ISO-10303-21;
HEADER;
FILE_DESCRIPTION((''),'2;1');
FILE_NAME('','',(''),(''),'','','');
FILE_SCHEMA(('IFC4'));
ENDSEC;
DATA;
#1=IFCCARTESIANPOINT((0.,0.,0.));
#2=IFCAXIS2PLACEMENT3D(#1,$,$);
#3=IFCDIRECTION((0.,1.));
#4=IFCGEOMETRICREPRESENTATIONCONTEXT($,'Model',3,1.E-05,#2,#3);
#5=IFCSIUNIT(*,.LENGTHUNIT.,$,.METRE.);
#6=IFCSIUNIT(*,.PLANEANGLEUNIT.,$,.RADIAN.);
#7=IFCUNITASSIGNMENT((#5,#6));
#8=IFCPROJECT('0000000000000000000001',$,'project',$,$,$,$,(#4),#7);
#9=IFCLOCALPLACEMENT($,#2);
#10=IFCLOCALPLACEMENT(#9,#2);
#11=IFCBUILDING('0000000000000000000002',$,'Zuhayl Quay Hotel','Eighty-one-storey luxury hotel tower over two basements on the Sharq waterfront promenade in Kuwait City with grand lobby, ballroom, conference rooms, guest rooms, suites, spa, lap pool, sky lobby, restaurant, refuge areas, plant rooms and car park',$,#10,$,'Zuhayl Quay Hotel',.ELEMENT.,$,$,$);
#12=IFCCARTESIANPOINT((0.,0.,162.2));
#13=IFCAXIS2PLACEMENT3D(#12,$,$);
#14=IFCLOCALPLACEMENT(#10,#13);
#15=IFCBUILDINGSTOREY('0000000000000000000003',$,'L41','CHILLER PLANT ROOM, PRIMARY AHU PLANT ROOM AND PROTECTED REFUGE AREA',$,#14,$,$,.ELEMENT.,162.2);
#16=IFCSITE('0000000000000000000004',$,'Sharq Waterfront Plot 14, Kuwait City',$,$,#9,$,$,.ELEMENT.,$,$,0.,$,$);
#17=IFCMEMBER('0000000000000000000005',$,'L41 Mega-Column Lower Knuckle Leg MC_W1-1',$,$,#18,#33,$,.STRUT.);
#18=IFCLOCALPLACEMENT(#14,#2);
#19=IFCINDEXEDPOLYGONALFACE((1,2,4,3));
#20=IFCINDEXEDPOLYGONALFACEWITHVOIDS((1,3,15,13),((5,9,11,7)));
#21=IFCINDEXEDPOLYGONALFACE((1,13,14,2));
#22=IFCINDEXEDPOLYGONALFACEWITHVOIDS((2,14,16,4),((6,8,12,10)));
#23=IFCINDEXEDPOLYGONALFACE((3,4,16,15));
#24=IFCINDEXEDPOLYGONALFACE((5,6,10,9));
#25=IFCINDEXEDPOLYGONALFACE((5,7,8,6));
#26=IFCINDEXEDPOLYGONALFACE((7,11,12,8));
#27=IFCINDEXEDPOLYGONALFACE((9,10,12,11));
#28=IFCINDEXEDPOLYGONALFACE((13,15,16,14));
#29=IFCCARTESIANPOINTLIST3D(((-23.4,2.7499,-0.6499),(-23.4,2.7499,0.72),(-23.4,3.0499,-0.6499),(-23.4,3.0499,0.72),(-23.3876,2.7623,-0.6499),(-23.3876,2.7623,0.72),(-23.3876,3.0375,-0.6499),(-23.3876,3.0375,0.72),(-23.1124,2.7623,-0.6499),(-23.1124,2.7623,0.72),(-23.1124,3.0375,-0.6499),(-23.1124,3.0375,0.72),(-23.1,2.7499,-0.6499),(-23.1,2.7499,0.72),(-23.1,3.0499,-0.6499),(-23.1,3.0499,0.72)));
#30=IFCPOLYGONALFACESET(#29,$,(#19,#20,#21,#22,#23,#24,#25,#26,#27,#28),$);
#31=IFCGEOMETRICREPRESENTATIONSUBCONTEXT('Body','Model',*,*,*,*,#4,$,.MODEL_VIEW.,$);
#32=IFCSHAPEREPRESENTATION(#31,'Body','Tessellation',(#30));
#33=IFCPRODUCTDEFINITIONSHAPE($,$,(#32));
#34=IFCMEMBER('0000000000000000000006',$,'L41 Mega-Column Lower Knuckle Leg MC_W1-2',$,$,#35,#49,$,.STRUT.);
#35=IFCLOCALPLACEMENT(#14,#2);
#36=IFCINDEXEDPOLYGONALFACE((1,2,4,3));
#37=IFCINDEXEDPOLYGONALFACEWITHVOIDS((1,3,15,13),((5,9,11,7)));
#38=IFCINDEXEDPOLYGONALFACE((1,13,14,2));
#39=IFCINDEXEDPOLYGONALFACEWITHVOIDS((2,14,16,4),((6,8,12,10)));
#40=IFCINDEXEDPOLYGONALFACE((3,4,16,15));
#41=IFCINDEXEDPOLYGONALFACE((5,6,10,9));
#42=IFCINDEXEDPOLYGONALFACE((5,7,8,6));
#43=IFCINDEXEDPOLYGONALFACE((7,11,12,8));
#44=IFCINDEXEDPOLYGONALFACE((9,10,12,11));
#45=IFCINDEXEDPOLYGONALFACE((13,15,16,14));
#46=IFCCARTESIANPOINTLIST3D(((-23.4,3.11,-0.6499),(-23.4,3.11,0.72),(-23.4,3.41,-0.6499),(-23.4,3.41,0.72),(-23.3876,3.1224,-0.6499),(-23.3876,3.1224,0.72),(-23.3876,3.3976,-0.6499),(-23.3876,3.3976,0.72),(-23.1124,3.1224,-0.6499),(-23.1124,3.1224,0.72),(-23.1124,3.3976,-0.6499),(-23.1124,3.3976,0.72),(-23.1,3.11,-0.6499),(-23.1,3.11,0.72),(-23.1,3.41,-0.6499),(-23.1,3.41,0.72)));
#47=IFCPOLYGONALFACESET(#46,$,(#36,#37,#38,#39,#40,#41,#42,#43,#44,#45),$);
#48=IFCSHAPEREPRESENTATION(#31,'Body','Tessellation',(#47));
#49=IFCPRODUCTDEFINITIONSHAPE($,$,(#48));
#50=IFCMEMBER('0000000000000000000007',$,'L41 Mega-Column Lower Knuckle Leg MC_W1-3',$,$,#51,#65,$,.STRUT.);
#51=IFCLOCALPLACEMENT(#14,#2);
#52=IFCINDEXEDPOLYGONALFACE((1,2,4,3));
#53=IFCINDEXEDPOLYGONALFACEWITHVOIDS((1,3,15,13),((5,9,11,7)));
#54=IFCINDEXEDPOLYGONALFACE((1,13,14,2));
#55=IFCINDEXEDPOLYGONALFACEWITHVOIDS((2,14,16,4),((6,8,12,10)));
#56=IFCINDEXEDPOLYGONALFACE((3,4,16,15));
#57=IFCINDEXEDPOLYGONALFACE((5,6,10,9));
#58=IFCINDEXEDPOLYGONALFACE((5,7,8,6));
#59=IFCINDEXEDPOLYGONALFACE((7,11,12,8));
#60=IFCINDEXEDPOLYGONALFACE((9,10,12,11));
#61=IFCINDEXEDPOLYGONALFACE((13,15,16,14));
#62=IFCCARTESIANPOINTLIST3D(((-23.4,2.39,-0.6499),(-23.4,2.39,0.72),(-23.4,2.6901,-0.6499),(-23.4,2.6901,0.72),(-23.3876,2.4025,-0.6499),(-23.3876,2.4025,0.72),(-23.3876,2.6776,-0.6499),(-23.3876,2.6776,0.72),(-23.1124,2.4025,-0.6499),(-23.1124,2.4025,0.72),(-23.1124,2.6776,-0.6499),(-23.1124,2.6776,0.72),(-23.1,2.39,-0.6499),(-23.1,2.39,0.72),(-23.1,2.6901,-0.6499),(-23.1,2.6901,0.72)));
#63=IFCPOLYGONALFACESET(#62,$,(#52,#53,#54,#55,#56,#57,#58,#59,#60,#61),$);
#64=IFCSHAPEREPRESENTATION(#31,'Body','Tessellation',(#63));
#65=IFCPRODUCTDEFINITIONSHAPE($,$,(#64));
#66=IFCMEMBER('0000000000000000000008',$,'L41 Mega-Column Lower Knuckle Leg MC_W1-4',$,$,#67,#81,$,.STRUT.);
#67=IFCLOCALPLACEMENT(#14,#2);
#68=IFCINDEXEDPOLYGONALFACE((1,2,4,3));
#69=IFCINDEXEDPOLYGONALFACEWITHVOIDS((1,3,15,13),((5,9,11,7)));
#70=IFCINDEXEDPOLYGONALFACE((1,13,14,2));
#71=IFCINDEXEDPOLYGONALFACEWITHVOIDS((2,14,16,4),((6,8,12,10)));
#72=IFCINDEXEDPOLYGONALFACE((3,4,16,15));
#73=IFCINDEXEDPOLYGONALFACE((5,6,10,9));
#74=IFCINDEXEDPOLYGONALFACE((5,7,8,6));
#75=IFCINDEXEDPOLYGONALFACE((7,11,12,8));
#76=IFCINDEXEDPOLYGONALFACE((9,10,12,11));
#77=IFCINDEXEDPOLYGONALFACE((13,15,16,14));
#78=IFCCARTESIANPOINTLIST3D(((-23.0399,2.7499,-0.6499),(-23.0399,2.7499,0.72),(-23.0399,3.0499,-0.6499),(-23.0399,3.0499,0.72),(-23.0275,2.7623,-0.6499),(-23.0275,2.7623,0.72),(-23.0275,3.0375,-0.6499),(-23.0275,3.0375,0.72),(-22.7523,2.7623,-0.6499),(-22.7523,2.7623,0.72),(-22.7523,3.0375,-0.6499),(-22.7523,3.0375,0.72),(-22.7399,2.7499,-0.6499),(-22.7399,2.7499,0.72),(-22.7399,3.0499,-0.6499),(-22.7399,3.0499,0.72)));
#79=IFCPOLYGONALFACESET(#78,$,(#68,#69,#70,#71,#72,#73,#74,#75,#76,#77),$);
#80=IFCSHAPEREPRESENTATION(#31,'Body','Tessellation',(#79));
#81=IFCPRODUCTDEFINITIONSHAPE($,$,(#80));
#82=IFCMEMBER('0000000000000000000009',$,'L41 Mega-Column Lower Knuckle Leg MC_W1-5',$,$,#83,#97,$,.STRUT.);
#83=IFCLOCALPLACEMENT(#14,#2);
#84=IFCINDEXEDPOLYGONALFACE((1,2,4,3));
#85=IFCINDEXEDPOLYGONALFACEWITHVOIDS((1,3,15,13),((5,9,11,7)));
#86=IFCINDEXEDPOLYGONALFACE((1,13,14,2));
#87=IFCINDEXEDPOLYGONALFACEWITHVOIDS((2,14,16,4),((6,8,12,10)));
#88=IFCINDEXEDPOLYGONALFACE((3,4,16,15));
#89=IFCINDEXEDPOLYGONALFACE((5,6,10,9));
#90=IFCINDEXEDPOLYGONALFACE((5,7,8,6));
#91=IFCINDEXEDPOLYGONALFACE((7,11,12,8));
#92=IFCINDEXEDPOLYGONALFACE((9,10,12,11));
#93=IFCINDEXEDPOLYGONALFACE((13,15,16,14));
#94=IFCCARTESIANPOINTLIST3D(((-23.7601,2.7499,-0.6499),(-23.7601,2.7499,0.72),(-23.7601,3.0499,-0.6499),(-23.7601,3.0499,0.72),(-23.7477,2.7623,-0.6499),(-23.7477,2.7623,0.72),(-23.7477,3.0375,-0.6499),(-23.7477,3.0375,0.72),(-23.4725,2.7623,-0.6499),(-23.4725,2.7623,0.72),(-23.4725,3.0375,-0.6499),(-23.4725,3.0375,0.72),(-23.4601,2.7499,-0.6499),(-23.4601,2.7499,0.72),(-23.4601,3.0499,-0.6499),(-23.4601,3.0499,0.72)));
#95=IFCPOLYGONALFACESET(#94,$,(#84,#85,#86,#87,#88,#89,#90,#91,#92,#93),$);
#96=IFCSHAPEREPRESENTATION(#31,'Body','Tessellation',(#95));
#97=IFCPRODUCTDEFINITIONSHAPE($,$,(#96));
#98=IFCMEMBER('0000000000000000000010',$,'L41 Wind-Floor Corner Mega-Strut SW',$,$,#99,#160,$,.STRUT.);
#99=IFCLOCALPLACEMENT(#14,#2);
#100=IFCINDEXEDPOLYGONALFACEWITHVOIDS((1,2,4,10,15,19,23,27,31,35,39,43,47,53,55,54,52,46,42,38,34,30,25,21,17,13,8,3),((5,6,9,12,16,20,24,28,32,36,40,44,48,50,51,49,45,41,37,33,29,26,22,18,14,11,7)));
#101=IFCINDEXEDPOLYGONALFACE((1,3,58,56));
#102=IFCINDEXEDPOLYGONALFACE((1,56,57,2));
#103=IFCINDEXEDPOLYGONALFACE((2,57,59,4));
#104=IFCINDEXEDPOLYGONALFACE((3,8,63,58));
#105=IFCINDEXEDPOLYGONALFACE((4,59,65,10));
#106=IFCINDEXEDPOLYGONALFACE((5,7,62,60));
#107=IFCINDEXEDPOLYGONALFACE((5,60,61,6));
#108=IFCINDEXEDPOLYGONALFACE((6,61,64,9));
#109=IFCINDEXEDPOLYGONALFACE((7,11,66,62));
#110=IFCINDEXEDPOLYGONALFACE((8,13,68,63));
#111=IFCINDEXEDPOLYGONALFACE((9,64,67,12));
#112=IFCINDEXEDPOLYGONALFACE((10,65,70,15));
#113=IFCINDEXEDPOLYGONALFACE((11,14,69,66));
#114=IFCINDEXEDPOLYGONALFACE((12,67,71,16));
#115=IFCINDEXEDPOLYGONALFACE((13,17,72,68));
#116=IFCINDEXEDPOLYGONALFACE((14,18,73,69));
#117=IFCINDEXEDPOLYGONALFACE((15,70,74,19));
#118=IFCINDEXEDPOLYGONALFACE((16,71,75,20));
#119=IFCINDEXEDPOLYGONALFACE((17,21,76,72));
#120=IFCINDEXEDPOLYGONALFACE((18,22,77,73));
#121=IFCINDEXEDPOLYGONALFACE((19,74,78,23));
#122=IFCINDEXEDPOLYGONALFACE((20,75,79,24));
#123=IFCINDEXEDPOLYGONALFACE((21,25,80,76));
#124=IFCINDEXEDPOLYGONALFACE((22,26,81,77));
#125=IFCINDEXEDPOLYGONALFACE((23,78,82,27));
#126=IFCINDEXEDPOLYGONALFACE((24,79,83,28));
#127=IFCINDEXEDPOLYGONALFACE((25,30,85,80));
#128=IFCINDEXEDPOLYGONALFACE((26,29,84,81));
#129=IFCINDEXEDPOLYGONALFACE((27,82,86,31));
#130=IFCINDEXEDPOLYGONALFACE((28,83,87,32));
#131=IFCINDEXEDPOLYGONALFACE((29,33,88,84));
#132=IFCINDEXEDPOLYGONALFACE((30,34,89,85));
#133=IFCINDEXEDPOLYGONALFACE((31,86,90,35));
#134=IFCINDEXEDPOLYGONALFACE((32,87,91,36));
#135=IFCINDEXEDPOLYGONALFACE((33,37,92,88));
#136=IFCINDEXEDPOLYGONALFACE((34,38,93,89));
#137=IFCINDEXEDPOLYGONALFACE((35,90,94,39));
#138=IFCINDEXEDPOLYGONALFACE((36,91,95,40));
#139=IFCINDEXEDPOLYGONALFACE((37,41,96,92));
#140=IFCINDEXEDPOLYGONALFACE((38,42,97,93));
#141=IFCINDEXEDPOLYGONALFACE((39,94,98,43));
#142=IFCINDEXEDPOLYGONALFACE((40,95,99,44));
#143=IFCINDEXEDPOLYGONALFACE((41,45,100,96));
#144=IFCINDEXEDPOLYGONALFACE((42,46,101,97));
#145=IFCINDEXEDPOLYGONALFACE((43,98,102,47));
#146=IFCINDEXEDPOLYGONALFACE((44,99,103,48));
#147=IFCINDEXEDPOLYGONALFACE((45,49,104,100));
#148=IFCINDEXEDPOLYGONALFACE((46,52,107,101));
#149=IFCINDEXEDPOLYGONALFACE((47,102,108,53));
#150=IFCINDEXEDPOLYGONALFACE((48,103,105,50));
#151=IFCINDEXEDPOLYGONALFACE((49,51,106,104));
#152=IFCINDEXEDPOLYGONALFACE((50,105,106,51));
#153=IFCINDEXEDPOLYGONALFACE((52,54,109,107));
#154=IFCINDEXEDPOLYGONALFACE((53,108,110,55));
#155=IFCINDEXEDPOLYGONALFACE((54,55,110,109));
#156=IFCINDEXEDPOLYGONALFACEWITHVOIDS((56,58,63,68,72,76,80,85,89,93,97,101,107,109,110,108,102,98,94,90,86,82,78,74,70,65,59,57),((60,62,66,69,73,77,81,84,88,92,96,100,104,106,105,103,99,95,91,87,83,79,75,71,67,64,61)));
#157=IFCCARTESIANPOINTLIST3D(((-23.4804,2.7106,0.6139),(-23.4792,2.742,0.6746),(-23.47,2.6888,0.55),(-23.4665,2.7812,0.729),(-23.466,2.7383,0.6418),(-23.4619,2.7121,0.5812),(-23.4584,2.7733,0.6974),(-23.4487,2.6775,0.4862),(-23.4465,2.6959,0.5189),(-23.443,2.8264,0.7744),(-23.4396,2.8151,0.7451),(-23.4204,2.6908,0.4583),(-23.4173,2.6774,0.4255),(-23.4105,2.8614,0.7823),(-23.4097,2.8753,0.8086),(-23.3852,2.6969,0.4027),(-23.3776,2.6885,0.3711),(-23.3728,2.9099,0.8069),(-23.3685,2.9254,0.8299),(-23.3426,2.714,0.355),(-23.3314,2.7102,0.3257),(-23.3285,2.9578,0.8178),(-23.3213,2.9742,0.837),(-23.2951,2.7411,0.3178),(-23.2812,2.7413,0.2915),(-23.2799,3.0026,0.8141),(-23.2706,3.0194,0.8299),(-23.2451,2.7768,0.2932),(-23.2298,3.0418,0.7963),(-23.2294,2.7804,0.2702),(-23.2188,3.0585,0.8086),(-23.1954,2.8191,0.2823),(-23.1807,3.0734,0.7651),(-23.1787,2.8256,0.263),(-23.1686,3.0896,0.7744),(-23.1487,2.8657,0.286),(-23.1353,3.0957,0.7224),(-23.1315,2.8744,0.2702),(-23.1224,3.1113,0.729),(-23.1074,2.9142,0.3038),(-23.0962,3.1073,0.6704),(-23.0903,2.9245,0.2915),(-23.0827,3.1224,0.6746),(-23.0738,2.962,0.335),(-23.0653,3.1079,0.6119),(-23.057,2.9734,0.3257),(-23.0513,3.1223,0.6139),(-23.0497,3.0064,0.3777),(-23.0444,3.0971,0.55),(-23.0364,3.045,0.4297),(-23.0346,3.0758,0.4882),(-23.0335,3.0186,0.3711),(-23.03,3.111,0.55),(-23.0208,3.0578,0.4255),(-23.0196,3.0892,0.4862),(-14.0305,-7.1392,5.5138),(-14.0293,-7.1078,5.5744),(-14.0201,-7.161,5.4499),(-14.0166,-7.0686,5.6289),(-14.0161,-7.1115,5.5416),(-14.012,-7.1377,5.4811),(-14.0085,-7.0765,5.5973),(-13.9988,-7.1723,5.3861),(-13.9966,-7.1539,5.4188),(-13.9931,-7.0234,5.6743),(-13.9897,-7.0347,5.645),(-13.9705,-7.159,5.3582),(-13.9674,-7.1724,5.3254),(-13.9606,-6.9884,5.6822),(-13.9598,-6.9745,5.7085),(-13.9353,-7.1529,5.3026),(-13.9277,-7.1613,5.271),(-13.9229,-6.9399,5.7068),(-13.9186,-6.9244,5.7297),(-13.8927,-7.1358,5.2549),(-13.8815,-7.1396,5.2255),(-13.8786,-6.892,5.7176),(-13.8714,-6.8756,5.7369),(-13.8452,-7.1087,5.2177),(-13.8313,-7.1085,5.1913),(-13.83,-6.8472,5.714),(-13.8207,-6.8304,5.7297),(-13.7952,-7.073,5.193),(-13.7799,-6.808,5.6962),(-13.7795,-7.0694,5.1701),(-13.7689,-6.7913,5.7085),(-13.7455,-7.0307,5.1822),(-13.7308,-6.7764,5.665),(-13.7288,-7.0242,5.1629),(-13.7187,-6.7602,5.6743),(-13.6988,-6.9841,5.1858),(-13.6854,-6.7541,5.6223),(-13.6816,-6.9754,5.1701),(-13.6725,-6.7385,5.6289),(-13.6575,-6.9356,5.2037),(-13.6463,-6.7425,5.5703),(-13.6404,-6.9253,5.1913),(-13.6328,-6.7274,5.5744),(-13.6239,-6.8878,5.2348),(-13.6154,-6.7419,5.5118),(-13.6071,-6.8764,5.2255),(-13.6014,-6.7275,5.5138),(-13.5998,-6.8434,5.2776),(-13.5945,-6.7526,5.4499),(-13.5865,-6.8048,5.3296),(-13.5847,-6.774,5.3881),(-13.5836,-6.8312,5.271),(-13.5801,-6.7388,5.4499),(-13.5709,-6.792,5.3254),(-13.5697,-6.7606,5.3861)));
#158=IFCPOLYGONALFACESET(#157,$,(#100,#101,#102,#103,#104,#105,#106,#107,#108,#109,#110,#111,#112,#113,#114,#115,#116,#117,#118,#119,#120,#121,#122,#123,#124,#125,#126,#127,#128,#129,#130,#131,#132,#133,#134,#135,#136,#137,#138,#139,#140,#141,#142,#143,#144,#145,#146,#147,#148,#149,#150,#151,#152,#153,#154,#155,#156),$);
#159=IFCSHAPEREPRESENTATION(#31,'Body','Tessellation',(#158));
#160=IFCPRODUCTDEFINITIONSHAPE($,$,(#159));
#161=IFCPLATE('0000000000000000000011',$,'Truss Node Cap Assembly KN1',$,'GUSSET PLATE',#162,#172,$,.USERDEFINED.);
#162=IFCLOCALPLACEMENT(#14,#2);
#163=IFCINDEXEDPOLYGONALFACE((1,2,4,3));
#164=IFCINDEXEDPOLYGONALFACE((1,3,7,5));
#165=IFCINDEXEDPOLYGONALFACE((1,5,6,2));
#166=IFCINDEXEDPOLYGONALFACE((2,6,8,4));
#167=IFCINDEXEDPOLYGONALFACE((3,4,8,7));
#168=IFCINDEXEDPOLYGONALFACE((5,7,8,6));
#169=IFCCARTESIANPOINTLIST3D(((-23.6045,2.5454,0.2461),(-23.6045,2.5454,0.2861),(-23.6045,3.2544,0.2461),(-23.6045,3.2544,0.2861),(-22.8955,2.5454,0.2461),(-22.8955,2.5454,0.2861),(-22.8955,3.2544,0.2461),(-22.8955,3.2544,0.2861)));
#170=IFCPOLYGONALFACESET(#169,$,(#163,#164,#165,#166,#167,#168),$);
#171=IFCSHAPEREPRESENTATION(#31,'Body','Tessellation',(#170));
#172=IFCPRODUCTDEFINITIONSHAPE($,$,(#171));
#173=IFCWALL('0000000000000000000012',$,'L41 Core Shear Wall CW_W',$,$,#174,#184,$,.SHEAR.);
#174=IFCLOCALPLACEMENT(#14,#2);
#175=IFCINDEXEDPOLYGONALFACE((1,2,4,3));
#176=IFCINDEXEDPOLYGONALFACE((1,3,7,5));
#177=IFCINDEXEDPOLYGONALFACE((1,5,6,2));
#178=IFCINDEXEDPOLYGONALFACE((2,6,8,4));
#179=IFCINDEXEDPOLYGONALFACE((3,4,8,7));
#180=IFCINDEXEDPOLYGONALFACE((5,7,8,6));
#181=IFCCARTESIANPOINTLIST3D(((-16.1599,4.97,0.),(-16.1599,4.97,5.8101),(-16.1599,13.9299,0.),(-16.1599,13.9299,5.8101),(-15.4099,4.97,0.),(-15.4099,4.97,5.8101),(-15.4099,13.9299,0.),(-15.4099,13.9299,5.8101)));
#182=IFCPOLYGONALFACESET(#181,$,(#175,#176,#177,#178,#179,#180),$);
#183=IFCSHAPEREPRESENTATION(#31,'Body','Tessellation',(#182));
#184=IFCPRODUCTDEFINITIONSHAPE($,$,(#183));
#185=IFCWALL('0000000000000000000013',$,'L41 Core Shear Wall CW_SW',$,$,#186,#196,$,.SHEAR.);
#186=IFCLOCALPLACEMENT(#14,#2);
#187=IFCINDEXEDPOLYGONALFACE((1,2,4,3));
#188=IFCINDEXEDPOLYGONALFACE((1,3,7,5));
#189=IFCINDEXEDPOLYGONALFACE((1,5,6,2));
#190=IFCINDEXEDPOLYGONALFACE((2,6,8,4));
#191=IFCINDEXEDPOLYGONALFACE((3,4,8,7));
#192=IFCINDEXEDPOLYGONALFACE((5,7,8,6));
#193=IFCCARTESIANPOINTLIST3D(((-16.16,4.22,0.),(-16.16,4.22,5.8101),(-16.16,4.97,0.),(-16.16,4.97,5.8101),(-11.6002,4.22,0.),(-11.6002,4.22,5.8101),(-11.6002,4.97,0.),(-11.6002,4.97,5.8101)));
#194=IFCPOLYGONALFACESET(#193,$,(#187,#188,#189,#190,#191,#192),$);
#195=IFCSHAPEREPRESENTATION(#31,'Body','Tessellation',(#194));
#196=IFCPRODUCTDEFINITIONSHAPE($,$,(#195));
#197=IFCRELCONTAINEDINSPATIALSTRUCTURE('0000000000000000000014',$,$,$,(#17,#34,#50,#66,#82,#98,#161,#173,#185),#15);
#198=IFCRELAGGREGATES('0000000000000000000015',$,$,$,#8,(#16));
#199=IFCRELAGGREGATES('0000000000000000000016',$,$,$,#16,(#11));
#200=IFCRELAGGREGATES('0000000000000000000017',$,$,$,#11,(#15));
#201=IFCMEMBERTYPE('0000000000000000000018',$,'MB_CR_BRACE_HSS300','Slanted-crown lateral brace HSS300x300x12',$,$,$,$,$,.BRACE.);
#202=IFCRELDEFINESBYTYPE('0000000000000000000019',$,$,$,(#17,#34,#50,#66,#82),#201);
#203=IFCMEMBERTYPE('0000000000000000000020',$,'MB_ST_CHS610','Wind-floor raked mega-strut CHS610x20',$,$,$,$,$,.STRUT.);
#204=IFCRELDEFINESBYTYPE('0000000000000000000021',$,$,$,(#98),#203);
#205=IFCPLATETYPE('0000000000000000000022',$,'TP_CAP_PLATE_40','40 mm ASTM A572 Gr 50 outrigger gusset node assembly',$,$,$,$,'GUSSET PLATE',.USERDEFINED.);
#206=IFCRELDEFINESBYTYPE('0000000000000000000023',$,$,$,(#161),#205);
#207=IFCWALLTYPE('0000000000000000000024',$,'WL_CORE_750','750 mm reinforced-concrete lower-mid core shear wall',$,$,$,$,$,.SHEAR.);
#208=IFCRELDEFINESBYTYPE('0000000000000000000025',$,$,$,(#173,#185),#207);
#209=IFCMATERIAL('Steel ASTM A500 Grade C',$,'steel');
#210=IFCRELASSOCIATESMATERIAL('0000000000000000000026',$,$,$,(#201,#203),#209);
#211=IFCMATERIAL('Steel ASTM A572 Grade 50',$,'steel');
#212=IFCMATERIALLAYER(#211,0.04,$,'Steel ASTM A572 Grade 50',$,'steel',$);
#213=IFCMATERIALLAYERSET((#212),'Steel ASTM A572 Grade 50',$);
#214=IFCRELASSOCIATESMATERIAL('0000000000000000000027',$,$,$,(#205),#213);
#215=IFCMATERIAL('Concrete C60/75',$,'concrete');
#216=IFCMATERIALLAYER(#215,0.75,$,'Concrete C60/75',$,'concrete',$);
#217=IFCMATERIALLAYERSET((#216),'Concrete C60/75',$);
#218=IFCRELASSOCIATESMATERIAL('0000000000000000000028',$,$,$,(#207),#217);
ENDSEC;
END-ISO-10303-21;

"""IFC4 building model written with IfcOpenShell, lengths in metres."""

from ifc_helpers import new_model, si_unit, direction, frame, frame_2d, origin, origin_2d, place, context, subcontext, project, spatial, rectangle, hollow_rectangle, hollow_circle, extrude, material, layer, layer_set, material_profile, profile_set, type_object, element, save


model = new_model("IFC4")

# Units and contexts
model_context = context("Model", 3, precision=1e-05, world=origin(), true_north=direction((0.0, 1.0)))
body_context = subcontext(model_context, "Body", "Model", "MODEL_VIEW")
ifc_project = project(units=[si_unit("LENGTHUNIT", "METRE"), si_unit("PLANEANGLEUNIT", "RADIAN")], contexts=[model_context])

# Site, building, storey
site_placement = place(None, origin())
site = spatial("IfcSite", under=ifc_project, at=site_placement, Name="Sharq Waterfront Plot 14, Kuwait City", CompositionType="ELEMENT", RefElevation=0.0)
building_placement = place(site_placement, origin())
building = spatial("IfcBuilding", under=site, at=building_placement, Name="Zuhayl Quay Hotel", Description="Eighty-one-storey luxury hotel tower over two basements on the Sharq waterfront promenade in Kuwait City with grand lobby, ballroom, conference rooms, guest rooms, suites, spa, lap pool, sky lobby, restaurant, refuge areas, plant rooms and car park", LongName="Zuhayl Quay Hotel", CompositionType="ELEMENT")
storey_placement = place(building_placement, frame((0.0, 0.0, 162.2)))
storey = spatial("IfcBuildingStorey", under=building, at=storey_placement, Name="L41", Description="CHILLER PLANT ROOM, PRIMARY AHU PLANT ROOM AND PROTECTED REFUGE AREA", CompositionType="ELEMENT", Elevation=162.2)

# Members
ifc_material_1 = material(Name="Steel ASTM A500 Grade C", Category="steel")
ifc_material_profile_1 = material_profile(ifc_material_1, hollow_rectangle(XDim=0.3, YDim=0.3, WallThickness=0.0125, at=origin_2d()), Name="HSS300X300X12")
ifc_profile_set_1 = profile_set([ifc_material_profile_1], Name="Steel ASTM A500 Grade C")
member_type_1 = type_object("IfcMemberType", Name="MB_CR_BRACE_HSS300", Description="Slanted-crown lateral brace HSS300x300x12", PredefinedType="BRACE", material=ifc_profile_set_1)
for number, where, z_axis, x_axis, name in (
    (1, (-23.25, 2.8999, -0.6499), (0.0, 0.0, 1.0), (1.0, 0.0, 0.0), "L41 Mega-Column Lower Knuckle Leg MC_W1-1"),
    (2, (-23.25, 3.26, -0.6499), (0.0, 0.0, 1.0), (1.0, 0.0, 0.0), "L41 Mega-Column Lower Knuckle Leg MC_W1-2"),
    (3, (-23.25, 2.54, -0.6499), (0.0, 0.0, 1.0), (1.0, 0.0, 0.0), "L41 Mega-Column Lower Knuckle Leg MC_W1-3"),
    (4, (-22.8899, 2.8999, -0.6499), (0.0, 0.0, 1.0), (1.0, 0.0, 0.0), "L41 Mega-Column Lower Knuckle Leg MC_W1-4"),
    (5, (-23.6101, 2.8999, -0.6499), (0.0, 0.0, 1.0), (1.0, 0.0, 0.0), "L41 Mega-Column Lower Knuckle Leg MC_W1-5"),
):
    element("IfcMember", number, at=place(storey_placement, frame(where, z_axis=z_axis, x_axis=x_axis)), inside=storey, type_object=member_type_1, Name=name, PredefinedType="STRUT", context=body_context, shape_type="SweptSolid", body=[
        extrude(hollow_rectangle(XDim=0.3, YDim=0.3, WallThickness=0.0125, at=origin_2d()), origin(), (0.0, 0.0, 1.0), 1.3699),
    ])
ifc_material_profile_2 = material_profile(ifc_material_1, hollow_circle(Radius=0.3049, WallThickness=0.02, at=origin_2d()), Name="CHS610X20")
ifc_profile_set_2 = profile_set([ifc_material_profile_2], Name="Steel ASTM A500 Grade C")
member_type_2 = type_object("IfcMemberType", Name="MB_ST_CHS610", Description="Wind-floor raked mega-strut CHS610x20", PredefinedType="STRUT", material=ifc_profile_set_2)
member_1_placement = place(storey_placement, frame((-23.25, 2.8999, 0.55), z_axis=(0.651596, -0.679171, 0.33786), x_axis=(0.721604, 0.692307, 0.0)))
element("IfcMember", 6, at=member_1_placement, inside=storey, type_object=member_type_2, Name="L41 Wind-Floor Corner Mega-Strut SW", PredefinedType="STRUT", context=body_context, shape_type="SweptSolid", body=[
    extrude(hollow_circle(Radius=0.3049, WallThickness=0.02, at=origin_2d()), origin(), (0.0, 0.0, 1.0), 14.5027),
])

# Plate
ifc_material_2 = material(Name="Steel ASTM A572 Grade 50", Category="steel")
ifc_layer_1 = layer(ifc_material_2, 0.04, Name="Steel ASTM A572 Grade 50", Category="steel")
ifc_layer_set_1 = layer_set([ifc_layer_1], Name="Steel ASTM A572 Grade 50")
plate_type = type_object("IfcPlateType", Name="TP_CAP_PLATE_40", Description="40 mm ASTM A572 Gr 50 outrigger gusset node assembly", ElementType="GUSSET PLATE", PredefinedType="USERDEFINED", material=ifc_layer_set_1)
plate_placement = place(storey_placement, frame((-23.25, 2.8999, 0.2461), z_axis=(0.0, 0.0, 1.0), x_axis=(1.0, 0.0, 0.0)))
element("IfcPlate", 7, at=plate_placement, inside=storey, type_object=plate_type, Name="Truss Node Cap Assembly KN1", ObjectType="GUSSET PLATE", PredefinedType="USERDEFINED", context=body_context, shape_type="SweptSolid", body=[
    extrude(rectangle(XDim=0.709, YDim=0.709, at=origin_2d()), origin(), (0.0, 0.0, 1.0), 0.04),
])

# Walls
ifc_material_3 = material(Name="Concrete C60/75", Category="concrete")
ifc_layer_2 = layer(ifc_material_3, 0.75, Name="Concrete C60/75", Category="concrete")
ifc_layer_set_2 = layer_set([ifc_layer_2], Name="Concrete C60/75")
wall_type_1 = type_object("IfcWallType", Name="WL_CORE_750", Description="750 mm reinforced-concrete lower-mid core shear wall", PredefinedType="SHEAR", material=ifc_layer_set_2)
wall_1_placement = place(storey_placement, frame((-15.7849, 4.97, 0.0), z_axis=(0.0, 0.0, 1.0), x_axis=(0.0, 1.0, 0.0)))
element("IfcWall", 8, at=wall_1_placement, inside=storey, type_object=wall_type_1, Name="L41 Core Shear Wall CW_W", PredefinedType="SHEAR", context=body_context, shape_type="SweptSolid", body=[
    extrude(rectangle(XDim=8.96, YDim=0.75, at=frame_2d((4.48, 0.0))), origin(), (0.0, 0.0, 1.0), 5.8101),
])
wall_2_placement = place(storey_placement, frame((-16.1599, 4.595, 0.0), z_axis=(0.0, 0.0, 1.0), x_axis=(1.0, 0.0, 0.0)))
element("IfcWall", 9, at=wall_2_placement, inside=storey, type_object=wall_type_1, Name="L41 Core Shear Wall CW_SW", PredefinedType="SHEAR", context=body_context, shape_type="SweptSolid", body=[
    extrude(rectangle(XDim=4.5598, YDim=0.75, at=frame_2d((2.2798, 0.0))), origin(), (0.0, 0.0, 1.0), 5.8101),
])

save(model, "model.ifc")
